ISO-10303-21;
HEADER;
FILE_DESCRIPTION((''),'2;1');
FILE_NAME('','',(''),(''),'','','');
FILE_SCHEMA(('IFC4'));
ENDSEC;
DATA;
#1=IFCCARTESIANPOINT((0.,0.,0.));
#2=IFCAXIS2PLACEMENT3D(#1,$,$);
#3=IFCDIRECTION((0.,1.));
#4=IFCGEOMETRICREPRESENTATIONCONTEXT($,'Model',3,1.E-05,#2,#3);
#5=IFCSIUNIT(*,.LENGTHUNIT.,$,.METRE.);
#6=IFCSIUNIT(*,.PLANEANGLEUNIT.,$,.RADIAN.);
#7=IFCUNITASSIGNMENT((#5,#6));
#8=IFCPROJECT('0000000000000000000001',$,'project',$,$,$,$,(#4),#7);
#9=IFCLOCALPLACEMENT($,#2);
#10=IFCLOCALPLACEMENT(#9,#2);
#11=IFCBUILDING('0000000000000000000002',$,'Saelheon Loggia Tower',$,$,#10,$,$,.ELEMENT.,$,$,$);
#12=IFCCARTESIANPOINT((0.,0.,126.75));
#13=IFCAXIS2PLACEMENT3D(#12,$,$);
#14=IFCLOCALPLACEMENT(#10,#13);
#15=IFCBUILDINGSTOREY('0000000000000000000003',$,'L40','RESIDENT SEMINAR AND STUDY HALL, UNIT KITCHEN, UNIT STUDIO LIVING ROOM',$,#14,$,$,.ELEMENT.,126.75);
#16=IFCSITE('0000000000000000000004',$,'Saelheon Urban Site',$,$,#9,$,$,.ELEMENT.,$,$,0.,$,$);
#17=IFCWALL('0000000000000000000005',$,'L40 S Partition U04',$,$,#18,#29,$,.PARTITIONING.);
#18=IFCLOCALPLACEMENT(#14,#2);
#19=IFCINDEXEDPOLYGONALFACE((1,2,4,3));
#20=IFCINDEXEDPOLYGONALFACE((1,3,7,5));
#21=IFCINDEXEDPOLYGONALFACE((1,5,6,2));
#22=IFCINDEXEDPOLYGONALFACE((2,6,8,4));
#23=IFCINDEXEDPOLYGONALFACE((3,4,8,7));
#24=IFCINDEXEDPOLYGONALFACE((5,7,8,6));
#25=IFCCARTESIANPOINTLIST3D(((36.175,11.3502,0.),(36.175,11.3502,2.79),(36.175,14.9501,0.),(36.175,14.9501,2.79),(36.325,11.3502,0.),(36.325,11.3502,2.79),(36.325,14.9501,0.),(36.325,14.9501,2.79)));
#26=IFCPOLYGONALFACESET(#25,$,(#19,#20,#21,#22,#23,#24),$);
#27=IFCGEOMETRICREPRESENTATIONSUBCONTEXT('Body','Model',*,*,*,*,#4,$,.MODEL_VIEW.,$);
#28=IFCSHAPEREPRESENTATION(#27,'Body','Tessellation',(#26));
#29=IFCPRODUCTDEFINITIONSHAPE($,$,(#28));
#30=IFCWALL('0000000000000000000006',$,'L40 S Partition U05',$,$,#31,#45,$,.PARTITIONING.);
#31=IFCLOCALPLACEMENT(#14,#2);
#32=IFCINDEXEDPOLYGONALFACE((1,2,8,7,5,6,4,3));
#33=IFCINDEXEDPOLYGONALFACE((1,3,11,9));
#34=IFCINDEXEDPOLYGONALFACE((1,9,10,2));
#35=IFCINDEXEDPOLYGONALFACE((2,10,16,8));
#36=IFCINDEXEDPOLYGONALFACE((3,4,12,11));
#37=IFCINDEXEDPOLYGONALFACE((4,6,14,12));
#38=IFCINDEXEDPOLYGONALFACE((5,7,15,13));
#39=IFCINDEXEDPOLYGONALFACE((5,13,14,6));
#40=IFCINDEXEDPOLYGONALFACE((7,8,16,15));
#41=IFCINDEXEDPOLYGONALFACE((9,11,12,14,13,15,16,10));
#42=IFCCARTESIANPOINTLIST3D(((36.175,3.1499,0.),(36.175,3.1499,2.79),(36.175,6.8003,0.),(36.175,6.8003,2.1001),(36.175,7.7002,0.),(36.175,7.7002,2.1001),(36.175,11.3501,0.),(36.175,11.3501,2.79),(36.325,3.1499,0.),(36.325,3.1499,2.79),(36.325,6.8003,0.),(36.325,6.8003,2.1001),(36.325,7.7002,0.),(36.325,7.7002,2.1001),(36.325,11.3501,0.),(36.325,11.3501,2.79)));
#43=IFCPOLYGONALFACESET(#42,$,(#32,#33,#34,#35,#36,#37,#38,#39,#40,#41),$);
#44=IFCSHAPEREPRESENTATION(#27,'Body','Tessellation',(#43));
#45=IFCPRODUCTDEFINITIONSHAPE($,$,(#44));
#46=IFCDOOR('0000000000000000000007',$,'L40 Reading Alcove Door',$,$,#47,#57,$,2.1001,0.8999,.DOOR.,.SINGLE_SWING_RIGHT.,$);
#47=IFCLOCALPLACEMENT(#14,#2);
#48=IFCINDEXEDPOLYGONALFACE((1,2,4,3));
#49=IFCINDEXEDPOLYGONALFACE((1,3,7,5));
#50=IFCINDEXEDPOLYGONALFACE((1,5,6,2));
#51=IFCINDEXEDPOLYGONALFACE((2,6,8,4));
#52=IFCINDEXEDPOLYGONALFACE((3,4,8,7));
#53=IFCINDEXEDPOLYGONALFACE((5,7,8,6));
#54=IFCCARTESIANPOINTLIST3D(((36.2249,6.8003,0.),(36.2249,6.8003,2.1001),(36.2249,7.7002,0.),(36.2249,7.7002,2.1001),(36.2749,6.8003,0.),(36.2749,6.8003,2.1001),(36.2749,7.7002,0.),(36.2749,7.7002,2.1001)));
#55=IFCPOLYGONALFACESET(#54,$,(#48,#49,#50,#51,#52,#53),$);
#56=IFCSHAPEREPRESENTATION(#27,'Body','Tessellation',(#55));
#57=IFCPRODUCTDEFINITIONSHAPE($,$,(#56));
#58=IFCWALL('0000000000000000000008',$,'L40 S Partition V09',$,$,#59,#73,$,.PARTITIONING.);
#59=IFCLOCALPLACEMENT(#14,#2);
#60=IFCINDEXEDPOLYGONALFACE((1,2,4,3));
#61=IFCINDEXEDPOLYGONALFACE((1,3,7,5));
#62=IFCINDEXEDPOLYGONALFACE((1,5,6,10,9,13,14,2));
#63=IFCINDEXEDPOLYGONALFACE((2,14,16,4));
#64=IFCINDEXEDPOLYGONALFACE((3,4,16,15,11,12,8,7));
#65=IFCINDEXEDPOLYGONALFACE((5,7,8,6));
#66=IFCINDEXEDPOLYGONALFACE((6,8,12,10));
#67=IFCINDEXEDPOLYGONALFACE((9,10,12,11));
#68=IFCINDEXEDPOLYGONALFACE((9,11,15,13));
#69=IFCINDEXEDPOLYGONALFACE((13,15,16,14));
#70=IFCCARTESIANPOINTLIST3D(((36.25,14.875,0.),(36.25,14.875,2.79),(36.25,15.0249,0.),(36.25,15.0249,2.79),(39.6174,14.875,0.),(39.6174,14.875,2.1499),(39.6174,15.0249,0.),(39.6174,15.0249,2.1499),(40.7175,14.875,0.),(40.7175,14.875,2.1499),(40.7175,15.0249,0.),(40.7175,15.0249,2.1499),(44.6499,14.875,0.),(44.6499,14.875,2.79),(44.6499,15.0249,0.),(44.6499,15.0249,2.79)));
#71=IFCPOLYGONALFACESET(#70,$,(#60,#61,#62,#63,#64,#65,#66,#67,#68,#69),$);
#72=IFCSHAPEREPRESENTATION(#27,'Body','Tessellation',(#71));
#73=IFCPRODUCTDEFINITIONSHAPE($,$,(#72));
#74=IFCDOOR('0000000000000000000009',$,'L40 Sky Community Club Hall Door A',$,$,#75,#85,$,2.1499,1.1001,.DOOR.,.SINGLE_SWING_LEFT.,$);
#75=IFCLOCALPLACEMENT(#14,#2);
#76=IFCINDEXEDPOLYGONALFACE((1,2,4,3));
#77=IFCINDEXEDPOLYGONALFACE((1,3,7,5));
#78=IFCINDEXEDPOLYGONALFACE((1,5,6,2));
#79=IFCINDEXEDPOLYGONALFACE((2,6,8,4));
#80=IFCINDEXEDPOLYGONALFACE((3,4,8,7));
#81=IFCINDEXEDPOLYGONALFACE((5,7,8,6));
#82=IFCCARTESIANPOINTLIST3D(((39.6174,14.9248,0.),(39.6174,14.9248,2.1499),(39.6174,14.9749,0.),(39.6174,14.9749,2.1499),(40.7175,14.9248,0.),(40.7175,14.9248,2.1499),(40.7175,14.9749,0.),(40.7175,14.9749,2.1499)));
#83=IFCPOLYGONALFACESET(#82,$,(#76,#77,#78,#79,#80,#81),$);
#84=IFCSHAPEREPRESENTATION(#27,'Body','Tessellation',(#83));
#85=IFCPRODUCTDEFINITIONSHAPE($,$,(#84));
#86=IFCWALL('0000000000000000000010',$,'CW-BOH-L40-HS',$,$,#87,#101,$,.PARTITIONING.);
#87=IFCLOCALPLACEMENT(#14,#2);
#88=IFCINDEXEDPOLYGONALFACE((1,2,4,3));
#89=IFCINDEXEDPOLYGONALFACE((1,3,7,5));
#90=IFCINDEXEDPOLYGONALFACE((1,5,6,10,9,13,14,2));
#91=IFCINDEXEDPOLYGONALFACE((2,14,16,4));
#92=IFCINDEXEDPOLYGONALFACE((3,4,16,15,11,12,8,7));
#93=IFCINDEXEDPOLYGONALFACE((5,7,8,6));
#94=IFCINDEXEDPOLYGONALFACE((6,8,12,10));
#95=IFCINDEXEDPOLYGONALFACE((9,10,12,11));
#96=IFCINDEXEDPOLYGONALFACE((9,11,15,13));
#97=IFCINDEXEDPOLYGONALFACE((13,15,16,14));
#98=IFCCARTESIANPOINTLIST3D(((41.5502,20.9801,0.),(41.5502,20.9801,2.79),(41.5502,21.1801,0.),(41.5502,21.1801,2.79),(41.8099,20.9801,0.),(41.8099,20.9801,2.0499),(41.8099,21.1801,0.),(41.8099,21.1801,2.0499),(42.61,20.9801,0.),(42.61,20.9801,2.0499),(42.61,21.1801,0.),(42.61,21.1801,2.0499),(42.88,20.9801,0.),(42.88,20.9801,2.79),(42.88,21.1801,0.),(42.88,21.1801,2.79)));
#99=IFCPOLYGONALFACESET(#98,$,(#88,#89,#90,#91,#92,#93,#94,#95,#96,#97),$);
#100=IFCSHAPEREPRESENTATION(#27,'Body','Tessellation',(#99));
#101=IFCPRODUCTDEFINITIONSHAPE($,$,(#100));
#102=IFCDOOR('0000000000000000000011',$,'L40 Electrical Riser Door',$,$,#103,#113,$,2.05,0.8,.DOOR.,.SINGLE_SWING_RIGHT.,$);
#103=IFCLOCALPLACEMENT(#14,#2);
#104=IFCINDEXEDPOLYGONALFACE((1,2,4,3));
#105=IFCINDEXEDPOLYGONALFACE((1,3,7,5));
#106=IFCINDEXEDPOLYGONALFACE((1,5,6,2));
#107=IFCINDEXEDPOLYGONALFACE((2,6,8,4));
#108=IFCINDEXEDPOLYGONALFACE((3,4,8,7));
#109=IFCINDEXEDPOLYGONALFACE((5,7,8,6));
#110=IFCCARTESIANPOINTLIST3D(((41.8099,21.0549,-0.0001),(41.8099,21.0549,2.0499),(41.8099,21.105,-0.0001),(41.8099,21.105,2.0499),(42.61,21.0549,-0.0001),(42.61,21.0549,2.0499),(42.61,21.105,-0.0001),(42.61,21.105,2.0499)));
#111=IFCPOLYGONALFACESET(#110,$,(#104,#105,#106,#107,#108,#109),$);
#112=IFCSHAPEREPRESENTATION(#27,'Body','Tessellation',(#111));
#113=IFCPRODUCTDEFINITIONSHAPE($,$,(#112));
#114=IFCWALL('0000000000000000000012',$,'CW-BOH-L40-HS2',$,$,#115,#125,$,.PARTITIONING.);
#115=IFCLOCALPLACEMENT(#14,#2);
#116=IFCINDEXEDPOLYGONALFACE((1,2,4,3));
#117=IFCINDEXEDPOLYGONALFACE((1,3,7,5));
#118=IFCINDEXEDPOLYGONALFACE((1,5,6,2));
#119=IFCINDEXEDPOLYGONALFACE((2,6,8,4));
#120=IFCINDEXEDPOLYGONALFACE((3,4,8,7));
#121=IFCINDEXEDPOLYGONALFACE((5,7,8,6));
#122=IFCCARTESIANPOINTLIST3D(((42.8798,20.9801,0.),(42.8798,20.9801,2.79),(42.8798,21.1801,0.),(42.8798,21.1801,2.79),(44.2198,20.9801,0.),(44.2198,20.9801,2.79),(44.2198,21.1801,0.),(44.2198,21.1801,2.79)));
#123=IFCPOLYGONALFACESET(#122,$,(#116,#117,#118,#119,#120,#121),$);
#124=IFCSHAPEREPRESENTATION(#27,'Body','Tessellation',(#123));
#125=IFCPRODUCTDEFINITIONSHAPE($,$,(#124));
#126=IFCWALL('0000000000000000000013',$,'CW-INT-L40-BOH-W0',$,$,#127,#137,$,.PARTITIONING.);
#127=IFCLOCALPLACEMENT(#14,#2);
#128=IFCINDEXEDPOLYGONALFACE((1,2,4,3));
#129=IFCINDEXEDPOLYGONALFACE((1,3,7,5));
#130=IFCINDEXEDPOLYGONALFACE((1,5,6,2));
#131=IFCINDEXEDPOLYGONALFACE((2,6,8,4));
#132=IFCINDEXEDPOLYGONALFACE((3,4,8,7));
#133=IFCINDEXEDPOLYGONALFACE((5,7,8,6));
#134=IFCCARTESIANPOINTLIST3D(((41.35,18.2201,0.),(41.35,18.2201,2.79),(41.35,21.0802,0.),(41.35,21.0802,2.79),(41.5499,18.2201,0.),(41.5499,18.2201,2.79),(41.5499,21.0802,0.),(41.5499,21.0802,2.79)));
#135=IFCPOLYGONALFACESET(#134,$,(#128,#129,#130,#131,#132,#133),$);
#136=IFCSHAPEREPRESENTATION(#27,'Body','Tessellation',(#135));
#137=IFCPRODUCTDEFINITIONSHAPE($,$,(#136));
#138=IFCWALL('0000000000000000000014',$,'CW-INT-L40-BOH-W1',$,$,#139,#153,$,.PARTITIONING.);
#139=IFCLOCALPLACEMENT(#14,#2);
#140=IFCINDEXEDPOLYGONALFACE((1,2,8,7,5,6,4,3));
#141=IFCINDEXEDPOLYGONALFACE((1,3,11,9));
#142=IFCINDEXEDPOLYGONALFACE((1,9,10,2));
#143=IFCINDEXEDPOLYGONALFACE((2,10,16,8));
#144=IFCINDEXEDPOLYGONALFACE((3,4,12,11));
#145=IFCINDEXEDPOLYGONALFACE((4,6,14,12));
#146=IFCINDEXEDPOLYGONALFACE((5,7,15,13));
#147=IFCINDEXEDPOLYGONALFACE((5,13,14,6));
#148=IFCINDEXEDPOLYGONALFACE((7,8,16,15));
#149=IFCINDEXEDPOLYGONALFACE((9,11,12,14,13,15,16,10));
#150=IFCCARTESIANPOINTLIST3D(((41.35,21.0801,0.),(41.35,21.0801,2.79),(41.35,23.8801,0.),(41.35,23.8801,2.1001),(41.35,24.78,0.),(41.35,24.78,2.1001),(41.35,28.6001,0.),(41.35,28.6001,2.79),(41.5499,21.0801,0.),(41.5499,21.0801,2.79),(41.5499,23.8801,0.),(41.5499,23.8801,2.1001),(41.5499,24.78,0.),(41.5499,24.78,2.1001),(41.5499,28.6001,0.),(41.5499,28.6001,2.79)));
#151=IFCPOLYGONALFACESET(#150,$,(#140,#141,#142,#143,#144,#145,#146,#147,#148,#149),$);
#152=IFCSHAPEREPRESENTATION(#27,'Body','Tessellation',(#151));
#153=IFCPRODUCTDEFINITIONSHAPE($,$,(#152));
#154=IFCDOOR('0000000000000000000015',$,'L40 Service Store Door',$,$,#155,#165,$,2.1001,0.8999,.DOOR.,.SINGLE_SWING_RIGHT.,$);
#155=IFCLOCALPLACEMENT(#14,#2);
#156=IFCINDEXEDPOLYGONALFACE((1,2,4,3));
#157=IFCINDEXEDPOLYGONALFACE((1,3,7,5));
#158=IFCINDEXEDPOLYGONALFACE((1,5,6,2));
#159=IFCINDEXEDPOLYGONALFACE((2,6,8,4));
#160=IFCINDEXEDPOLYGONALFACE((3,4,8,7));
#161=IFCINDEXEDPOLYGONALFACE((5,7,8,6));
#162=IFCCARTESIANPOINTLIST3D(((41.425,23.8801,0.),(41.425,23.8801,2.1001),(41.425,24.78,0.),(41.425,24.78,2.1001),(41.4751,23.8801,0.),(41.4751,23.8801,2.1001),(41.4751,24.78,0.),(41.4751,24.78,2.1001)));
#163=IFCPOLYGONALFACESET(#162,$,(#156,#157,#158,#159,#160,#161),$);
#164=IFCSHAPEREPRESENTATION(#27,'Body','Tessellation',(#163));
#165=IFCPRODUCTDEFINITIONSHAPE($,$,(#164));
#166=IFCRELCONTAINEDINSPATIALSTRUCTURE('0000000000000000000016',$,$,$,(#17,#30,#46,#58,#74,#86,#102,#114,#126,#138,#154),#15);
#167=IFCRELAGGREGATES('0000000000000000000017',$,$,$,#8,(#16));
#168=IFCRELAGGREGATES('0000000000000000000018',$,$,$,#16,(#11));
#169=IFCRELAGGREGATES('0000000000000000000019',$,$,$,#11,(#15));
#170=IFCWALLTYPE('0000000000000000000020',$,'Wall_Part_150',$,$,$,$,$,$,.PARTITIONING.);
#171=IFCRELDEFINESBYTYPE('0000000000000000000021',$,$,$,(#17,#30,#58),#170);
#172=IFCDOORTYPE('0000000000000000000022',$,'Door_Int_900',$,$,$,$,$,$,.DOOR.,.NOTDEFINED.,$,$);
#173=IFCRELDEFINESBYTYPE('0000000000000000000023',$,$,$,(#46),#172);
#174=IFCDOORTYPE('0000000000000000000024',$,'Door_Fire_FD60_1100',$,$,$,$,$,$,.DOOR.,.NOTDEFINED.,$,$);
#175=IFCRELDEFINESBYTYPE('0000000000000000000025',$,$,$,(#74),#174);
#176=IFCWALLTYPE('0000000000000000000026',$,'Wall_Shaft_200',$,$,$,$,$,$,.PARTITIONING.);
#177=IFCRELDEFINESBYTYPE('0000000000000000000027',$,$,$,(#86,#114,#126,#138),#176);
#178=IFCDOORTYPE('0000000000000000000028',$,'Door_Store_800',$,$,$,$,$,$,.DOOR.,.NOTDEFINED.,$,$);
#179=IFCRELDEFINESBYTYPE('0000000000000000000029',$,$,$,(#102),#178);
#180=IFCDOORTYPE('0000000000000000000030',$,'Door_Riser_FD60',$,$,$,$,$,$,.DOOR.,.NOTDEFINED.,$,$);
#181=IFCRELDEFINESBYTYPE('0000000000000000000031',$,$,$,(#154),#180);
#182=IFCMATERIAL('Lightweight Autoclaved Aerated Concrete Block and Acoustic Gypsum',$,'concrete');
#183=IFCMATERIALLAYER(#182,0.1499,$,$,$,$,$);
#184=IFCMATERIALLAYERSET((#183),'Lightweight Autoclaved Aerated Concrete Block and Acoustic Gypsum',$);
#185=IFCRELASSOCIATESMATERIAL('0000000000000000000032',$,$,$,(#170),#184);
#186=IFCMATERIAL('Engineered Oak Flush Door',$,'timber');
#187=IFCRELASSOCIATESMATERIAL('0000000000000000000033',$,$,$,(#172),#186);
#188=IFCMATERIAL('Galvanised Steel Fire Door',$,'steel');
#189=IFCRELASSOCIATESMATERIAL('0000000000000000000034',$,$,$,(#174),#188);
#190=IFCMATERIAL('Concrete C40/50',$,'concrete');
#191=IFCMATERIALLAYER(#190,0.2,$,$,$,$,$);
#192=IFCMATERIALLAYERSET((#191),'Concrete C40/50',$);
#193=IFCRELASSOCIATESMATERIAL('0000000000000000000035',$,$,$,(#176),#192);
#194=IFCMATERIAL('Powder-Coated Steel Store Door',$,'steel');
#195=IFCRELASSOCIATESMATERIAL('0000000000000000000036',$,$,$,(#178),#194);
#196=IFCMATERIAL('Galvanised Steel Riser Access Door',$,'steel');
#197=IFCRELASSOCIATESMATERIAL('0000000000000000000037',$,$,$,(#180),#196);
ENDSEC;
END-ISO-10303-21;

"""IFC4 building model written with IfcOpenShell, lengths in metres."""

from ifc_helpers import new_model, si_unit, direction, frame, frame_2d, origin, place, context, subcontext, project, spatial, rectangle, extrude, source, transform, mapped, material, layer, layer_set, type_object, element, fill, save


model = new_model("IFC4")

# Units and contexts
model_context = context("Model", 3, precision=1e-05, world=origin(), true_north=direction((0.0, 1.0)))
body_context = subcontext(model_context, "Body", "Model", "MODEL_VIEW")
ifc_project = project(units=[si_unit("LENGTHUNIT", "METRE"), si_unit("PLANEANGLEUNIT", "RADIAN")], contexts=[model_context])

# Site, building, storey
site_placement = place(None, origin())
site = spatial("IfcSite", under=ifc_project, at=site_placement, Name="Saelheon Urban Site", CompositionType="ELEMENT", RefElevation=0.0)
building_placement = place(site_placement, origin())
building = spatial("IfcBuilding", under=site, at=building_placement, Name="Saelheon Loggia Tower", CompositionType="ELEMENT")
storey_placement = place(building_placement, frame((0.0, 0.0, 126.75)))
storey = spatial("IfcBuildingStorey", under=building, at=storey_placement, Name="L40", Description="RESIDENT SEMINAR AND STUDY HALL, UNIT KITCHEN, UNIT STUDIO LIVING ROOM", CompositionType="ELEMENT", Elevation=126.75)

# Wall
ifc_material_1 = material(Name="Lightweight Autoclaved Aerated Concrete Block and Acoustic Gypsum", Category="concrete")
ifc_layer_1 = layer(ifc_material_1, 0.1499)
ifc_layer_set_1 = layer_set([ifc_layer_1], Name="Lightweight Autoclaved Aerated Concrete Block and Acoustic Gypsum")
wall_type_1 = type_object("IfcWallType", Name="Wall_Part_150", PredefinedType="PARTITIONING", material=ifc_layer_set_1)
wall_1_placement = place(storey_placement, frame((36.25, 14.95, 0.0), z_axis=(0.0, 0.0, 1.0), x_axis=(0.0, -1.0, 0.0)))
element("IfcWall", 1, at=wall_1_placement, inside=storey, type_object=wall_type_1, Name="L40 S Partition U04", PredefinedType="PARTITIONING", context=body_context, shape_type="SweptSolid", body=[
    extrude(rectangle(XDim=3.5999, YDim=0.1499, at=frame_2d((1.7998, 0.0))), origin(), (0.0, 0.0, 1.0), 2.79),
])

# Walls, openings, doors
wall_2_placement = place(storey_placement, frame((36.25, 11.3501, 0.0), z_axis=(0.0, 0.0, 1.0), x_axis=(0.0, -1.0, 0.0)))
wall_2 = element("IfcWall", 2, at=wall_2_placement, inside=storey, type_object=wall_type_1, Name="L40 S Partition U05", PredefinedType="PARTITIONING", context=body_context, shape_type="SweptSolid", body=[
    extrude(rectangle(XDim=8.2002, YDim=0.1499, at=frame_2d((4.1001, 0.0))), origin(), (0.0, 0.0, 1.0), 2.79),
])
opening_1_placement = place(wall_2_placement, frame((3.6499, 0.0, 0.0)))
opening_1 = element("IfcOpeningElement", 3, at=opening_1_placement, cuts=wall_2, PredefinedType="OPENING", context=body_context, shape_type="SweptSolid", body=[
    extrude(rectangle(XDim=0.8999, YDim=2.1001, at=frame_2d((0.45, 1.05))), frame((0.0, 0.0869, 0.0), z_axis=(0.0, -1.0, 0.0), x_axis=(1.0, 0.0, 0.0)), (0.0, 0.0, 1.0), 0.1738),
])
ifc_material_2 = material(Name="Engineered Oak Flush Door", Category="timber")
door_type_1 = type_object("IfcDoorType", Name="Door_Int_900", OperationType="NOTDEFINED", PredefinedType="DOOR", material=ifc_material_2)
shared_shape_1 = source(origin(), body_context, "Body", "SweptSolid", [
    extrude(rectangle(XDim=0.8999, YDim=2.1001, at=frame_2d((0.45, 1.05))), frame((0.0, 0.0249, 0.0), z_axis=(0.0, -1.0, 0.0), x_axis=(1.0, 0.0, 0.0)), (0.0, 0.0, 1.0), 0.05),
])
door_1_placement = place(opening_1_placement, origin())
door_1 = element("IfcDoor", 4, at=door_1_placement, inside=storey, type_object=door_type_1, Name="L40 Reading Alcove Door", OperationType="SINGLE_SWING_RIGHT", OverallHeight=2.1001, OverallWidth=0.8999, PredefinedType="DOOR", context=body_context, shape_type="MappedRepresentation", body=[
    mapped(shared_shape_1, transform((0.0, 0.0, 0.0), scale=1.0)),
])
fill(opening_1, door_1)
wall_3_placement = place(storey_placement, frame((36.25, 14.95, 0.0), z_axis=(0.0, 0.0, 1.0), x_axis=(1.0, 0.0, 0.0)))
wall_3 = element("IfcWall", 5, at=wall_3_placement, inside=storey, type_object=wall_type_1, Name="L40 S Partition V09", PredefinedType="PARTITIONING", context=body_context, shape_type="SweptSolid", body=[
    extrude(rectangle(XDim=8.3999, YDim=0.1499, at=frame_2d((4.2, 0.0))), origin(), (0.0, 0.0, 1.0), 2.79),
])
opening_2_placement = place(wall_3_placement, frame((3.3674, 0.0, 0.0)))
opening_2 = element("IfcOpeningElement", 6, at=opening_2_placement, cuts=wall_3, PredefinedType="OPENING", context=body_context, shape_type="SweptSolid", body=[
    extrude(rectangle(XDim=1.1001, YDim=2.1499, at=frame_2d((0.55, 1.075))), frame((0.0, 0.0869, 0.0), z_axis=(0.0, -1.0, 0.0), x_axis=(1.0, 0.0, 0.0)), (0.0, 0.0, 1.0), 0.1738),
])
ifc_material_3 = material(Name="Galvanised Steel Fire Door", Category="steel")
door_type_2 = type_object("IfcDoorType", Name="Door_Fire_FD60_1100", OperationType="NOTDEFINED", PredefinedType="DOOR", material=ifc_material_3)
shared_shape_2 = source(origin(), body_context, "Body", "SweptSolid", [
    extrude(rectangle(XDim=1.1001, YDim=2.1499, at=frame_2d((0.55, 1.075))), frame((0.0, 0.0249, 0.0), z_axis=(0.0, -1.0, 0.0), x_axis=(1.0, 0.0, 0.0)), (0.0, 0.0, 1.0), 0.05),
])
door_2_placement = place(opening_2_placement, origin())
door_2 = element("IfcDoor", 7, at=door_2_placement, inside=storey, type_object=door_type_2, Name="L40 Sky Community Club Hall Door A", OperationType="SINGLE_SWING_LEFT", OverallHeight=2.1499, OverallWidth=1.1001, PredefinedType="DOOR", context=body_context, shape_type="MappedRepresentation", body=[
    mapped(shared_shape_2, transform((0.0, 0.0, 0.0), scale=1.0)),
])
fill(opening_2, door_2)
ifc_material_4 = material(Name="Concrete C40/50", Category="concrete")
ifc_layer_2 = layer(ifc_material_4, 0.2)
ifc_layer_set_2 = layer_set([ifc_layer_2], Name="Concrete C40/50")
wall_type_2 = type_object("IfcWallType", Name="Wall_Shaft_200", PredefinedType="PARTITIONING", material=ifc_layer_set_2)
wall_4_placement = place(storey_placement, frame((41.55, 21.0801, 0.0), z_axis=(0.0, 0.0, 1.0), x_axis=(1.0, 0.0, 0.0)))
wall_4 = element("IfcWall", 8, at=wall_4_placement, inside=storey, type_object=wall_type_2, Name="CW-BOH-L40-HS", PredefinedType="PARTITIONING", context=body_context, shape_type="SweptSolid", body=[
    extrude(rectangle(XDim=1.3298, YDim=0.2, at=frame_2d((0.665, 0.0))), origin(), (0.0, 0.0, 1.0), 2.79),
])
opening_3_placement = place(wall_4_placement, frame((0.26, 0.0, 0.0)))
opening_3 = element("IfcOpeningElement", 9, at=opening_3_placement, cuts=wall_4, PredefinedType="OPENING", context=body_context, shape_type="SweptSolid", body=[
    extrude(rectangle(XDim=0.8, YDim=2.05, at=frame_2d((0.3999, 1.0249))), frame((0.0, 0.1121, 0.0), z_axis=(0.0, -1.0, 0.0), x_axis=(1.0, 0.0, 0.0)), (0.0, 0.0, 1.0), 0.2239),
])
ifc_material_5 = material(Name="Powder-Coated Steel Store Door", Category="steel")
door_type_3 = type_object("IfcDoorType", Name="Door_Store_800", OperationType="NOTDEFINED", PredefinedType="DOOR", material=ifc_material_5)
shared_shape_3 = source(origin(), body_context, "Body", "SweptSolid", [
    extrude(rectangle(XDim=0.8, YDim=2.05, at=frame_2d((0.3999, 1.0249))), frame((0.0, 0.0249, 0.0), z_axis=(0.0, -1.0, 0.0), x_axis=(1.0, 0.0, 0.0)), (0.0, 0.0, 1.0), 0.05),
])
door_3_placement = place(opening_3_placement, origin())
door_3 = element("IfcDoor", 10, at=door_3_placement, inside=storey, type_object=door_type_3, Name="L40 Electrical Riser Door", OperationType="SINGLE_SWING_RIGHT", OverallHeight=2.05, OverallWidth=0.8, PredefinedType="DOOR", context=body_context, shape_type="MappedRepresentation", body=[
    mapped(shared_shape_3, transform((0.0, 0.0, 0.0), scale=1.0)),
])
fill(opening_3, door_3)

# Walls
wall_5_placement = place(storey_placement, frame((42.8799, 21.0801, 0.0), z_axis=(0.0, 0.0, 1.0), x_axis=(1.0, 0.0, 0.0)))
element("IfcWall", 11, at=wall_5_placement, inside=storey, type_object=wall_type_2, Name="CW-BOH-L40-HS2", PredefinedType="PARTITIONING", context=body_context, shape_type="SweptSolid", body=[
    extrude(rectangle(XDim=1.3401, YDim=0.2, at=frame_2d((0.6699, 0.0))), origin(), (0.0, 0.0, 1.0), 2.79),
])
wall_6_placement = place(storey_placement, frame((41.45, 18.22, 0.0), z_axis=(0.0, 0.0, 1.0), x_axis=(0.0, 1.0, 0.0)))
element("IfcWall", 12, at=wall_6_placement, inside=storey, type_object=wall_type_2, Name="CW-INT-L40-BOH-W0", PredefinedType="PARTITIONING", context=body_context, shape_type="SweptSolid", body=[
    extrude(rectangle(XDim=2.8601, YDim=0.2, at=frame_2d((1.4302, 0.0))), origin(), (0.0, 0.0, 1.0), 2.79),
])

# Wall, opening, door
wall_7_placement = place(storey_placement, frame((41.45, 21.0801, 0.0), z_axis=(0.0, 0.0, 1.0), x_axis=(0.0, 1.0, 0.0)))
wall_7 = element("IfcWall", 13, at=wall_7_placement, inside=storey, type_object=wall_type_2, Name="CW-INT-L40-BOH-W1", PredefinedType="PARTITIONING", context=body_context, shape_type="SweptSolid", body=[
    extrude(rectangle(XDim=7.52, YDim=0.2, at=frame_2d((3.76, 0.0))), origin(), (0.0, 0.0, 1.0), 2.79),
])
opening_4_placement = place(wall_7_placement, frame((2.8, 0.0, 0.0)))
opening_4 = element("IfcOpeningElement", 14, at=opening_4_placement, cuts=wall_7, PredefinedType="OPENING", context=body_context, shape_type="SweptSolid", body=[
    extrude(rectangle(XDim=0.8999, YDim=2.1001, at=frame_2d((0.45, 1.05))), frame((0.0, 0.1121, 0.0), z_axis=(0.0, -1.0, 0.0), x_axis=(1.0, 0.0, 0.0)), (0.0, 0.0, 1.0), 0.2239),
])
ifc_material_6 = material(Name="Galvanised Steel Riser Access Door", Category="steel")
door_type_4 = type_object("IfcDoorType", Name="Door_Riser_FD60", OperationType="NOTDEFINED", PredefinedType="DOOR", material=ifc_material_6)
door_4_placement = place(opening_4_placement, origin())
door_4 = element("IfcDoor", 15, at=door_4_placement, inside=storey, type_object=door_type_4, Name="L40 Service Store Door", OperationType="SINGLE_SWING_RIGHT", OverallHeight=2.1001, OverallWidth=0.8999, PredefinedType="DOOR", context=body_context, shape_type="MappedRepresentation", body=[
    mapped(shared_shape_1, transform((0.0, 0.0, 0.0), scale=1.0)),
])
fill(opening_4, door_4)

save(model, "model.ifc")
